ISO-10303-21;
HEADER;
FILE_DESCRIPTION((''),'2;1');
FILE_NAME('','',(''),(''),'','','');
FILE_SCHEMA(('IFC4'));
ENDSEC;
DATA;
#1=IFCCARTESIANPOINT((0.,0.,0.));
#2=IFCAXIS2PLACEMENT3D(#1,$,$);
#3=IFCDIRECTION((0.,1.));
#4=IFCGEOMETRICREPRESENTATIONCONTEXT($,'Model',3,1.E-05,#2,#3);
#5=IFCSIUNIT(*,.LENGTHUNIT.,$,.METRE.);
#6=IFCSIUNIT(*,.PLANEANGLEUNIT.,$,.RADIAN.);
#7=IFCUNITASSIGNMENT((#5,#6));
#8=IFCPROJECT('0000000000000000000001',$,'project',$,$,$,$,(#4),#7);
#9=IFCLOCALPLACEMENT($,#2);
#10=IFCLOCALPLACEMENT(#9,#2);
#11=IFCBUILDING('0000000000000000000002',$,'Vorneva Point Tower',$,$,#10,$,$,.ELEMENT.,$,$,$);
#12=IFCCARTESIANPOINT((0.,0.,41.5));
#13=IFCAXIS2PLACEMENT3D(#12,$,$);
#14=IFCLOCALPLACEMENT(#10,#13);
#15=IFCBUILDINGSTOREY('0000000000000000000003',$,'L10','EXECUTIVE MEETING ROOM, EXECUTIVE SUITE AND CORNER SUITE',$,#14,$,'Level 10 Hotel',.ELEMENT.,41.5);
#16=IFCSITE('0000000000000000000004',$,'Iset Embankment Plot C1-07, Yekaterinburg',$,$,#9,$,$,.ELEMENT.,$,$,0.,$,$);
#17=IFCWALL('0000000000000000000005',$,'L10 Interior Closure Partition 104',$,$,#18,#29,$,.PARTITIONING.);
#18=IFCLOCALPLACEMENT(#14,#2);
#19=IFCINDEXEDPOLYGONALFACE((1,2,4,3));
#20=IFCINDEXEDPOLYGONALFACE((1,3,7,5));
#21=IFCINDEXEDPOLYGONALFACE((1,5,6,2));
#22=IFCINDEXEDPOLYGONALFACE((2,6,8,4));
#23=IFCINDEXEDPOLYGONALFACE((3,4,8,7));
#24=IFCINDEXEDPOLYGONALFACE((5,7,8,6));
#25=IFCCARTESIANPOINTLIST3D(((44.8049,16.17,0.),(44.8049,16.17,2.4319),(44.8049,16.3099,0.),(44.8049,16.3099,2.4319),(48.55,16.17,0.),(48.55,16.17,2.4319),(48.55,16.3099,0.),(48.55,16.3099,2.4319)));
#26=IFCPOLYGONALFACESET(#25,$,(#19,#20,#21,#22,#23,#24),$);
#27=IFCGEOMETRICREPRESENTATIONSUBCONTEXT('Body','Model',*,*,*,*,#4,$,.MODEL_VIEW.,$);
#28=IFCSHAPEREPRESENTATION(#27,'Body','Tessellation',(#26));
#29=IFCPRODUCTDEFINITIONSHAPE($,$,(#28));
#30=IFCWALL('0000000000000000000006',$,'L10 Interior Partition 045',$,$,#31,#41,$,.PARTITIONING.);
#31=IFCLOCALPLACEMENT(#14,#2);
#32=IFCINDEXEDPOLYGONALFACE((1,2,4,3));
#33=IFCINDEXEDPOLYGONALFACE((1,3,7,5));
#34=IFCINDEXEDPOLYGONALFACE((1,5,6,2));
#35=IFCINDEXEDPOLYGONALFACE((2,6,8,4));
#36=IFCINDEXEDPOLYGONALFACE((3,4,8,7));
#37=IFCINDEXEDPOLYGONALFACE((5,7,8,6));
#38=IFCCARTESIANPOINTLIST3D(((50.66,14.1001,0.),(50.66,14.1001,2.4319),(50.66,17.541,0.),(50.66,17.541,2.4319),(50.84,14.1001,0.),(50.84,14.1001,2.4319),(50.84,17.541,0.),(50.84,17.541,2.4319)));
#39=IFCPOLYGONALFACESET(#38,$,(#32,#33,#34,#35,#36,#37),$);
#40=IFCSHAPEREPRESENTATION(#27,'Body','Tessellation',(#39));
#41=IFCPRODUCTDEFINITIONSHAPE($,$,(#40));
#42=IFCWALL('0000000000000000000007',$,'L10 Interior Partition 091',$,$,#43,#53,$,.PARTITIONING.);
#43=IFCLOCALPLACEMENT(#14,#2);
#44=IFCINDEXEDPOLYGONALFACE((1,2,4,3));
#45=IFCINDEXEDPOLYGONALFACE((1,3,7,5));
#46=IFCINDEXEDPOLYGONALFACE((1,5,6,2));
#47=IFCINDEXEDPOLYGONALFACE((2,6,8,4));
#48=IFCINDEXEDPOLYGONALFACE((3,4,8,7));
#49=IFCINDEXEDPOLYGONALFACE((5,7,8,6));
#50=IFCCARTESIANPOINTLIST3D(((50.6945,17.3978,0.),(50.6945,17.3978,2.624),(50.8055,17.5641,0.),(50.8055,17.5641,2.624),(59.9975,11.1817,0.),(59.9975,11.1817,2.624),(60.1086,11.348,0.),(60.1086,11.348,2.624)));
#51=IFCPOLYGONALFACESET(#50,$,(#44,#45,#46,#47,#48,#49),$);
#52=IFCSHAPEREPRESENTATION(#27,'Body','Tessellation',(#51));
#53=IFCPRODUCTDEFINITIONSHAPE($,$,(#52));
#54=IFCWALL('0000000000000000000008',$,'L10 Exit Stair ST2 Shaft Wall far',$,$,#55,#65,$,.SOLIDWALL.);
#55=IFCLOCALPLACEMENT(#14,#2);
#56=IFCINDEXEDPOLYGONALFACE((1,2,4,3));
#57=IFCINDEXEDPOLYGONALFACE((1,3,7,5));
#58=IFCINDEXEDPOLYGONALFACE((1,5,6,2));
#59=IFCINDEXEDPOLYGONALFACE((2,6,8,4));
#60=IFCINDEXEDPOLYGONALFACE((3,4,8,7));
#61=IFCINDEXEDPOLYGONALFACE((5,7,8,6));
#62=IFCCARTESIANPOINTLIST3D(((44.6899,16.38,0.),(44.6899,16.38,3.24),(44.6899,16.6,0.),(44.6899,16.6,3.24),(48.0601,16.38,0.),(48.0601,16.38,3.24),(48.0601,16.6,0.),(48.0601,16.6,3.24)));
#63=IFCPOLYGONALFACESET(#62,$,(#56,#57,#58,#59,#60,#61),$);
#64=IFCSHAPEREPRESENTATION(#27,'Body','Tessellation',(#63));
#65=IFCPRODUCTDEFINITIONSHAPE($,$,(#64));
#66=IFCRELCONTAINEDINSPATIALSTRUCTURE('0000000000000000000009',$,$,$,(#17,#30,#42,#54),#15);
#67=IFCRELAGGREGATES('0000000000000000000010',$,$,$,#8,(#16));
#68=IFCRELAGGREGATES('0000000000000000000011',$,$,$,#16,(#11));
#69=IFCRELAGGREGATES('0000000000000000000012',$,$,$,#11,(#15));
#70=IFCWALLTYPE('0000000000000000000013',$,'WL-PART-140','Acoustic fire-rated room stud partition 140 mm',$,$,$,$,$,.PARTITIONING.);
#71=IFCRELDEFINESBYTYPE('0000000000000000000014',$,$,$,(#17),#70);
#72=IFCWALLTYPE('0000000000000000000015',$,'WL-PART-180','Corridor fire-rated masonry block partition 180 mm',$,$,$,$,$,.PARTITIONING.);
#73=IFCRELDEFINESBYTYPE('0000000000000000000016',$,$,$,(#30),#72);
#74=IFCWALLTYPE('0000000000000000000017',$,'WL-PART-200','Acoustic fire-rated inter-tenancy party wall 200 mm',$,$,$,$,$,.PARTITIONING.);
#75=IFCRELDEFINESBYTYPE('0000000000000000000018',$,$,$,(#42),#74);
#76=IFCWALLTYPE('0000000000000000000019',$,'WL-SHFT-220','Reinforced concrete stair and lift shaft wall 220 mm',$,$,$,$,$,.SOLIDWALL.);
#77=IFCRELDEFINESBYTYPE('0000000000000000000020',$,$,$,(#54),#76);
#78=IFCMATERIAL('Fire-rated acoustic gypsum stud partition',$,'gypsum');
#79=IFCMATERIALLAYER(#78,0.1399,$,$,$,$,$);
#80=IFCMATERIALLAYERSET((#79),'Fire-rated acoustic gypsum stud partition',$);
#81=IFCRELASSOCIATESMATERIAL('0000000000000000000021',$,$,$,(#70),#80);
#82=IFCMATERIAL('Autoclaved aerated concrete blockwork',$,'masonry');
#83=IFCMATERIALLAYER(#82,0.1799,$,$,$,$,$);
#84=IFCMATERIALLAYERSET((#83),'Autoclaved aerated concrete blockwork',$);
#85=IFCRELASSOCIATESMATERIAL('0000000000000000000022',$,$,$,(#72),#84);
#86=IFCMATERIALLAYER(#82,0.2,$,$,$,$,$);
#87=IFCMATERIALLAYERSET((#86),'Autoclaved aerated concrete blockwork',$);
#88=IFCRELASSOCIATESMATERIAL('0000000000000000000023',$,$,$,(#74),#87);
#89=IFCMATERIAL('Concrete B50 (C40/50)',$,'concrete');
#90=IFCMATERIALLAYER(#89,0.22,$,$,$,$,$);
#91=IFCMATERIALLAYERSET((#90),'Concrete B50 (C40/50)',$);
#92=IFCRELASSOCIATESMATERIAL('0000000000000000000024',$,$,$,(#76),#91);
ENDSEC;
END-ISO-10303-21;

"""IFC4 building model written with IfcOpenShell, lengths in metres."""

from ifc_helpers import new_model, si_unit, direction, frame, frame_2d, origin, place, context, subcontext, project, spatial, rectangle, extrude, material, layer, layer_set, type_object, element, save


model = new_model("IFC4")

# Units and contexts
model_context = context("Model", 3, precision=1e-05, world=origin(), true_north=direction((0.0, 1.0)))
body_context = subcontext(model_context, "Body", "Model", "MODEL_VIEW")
ifc_project = project(units=[si_unit("LENGTHUNIT", "METRE"), si_unit("PLANEANGLEUNIT", "RADIAN")], contexts=[model_context])

# Site, building, storey
site_placement = place(None, origin())
site = spatial("IfcSite", under=ifc_project, at=site_placement, Name="Iset Embankment Plot C1-07, Yekaterinburg", CompositionType="ELEMENT", RefElevation=0.0)
building_placement = place(site_placement, origin())
building = spatial("IfcBuilding", under=site, at=building_placement, Name="Vorneva Point Tower", CompositionType="ELEMENT")
storey_placement = place(building_placement, frame((0.0, 0.0, 41.5)))
storey = spatial("IfcBuildingStorey", under=building, at=storey_placement, Name="L10", Description="EXECUTIVE MEETING ROOM, EXECUTIVE SUITE AND CORNER SUITE", LongName="Level 10 Hotel", CompositionType="ELEMENT", Elevation=41.5)

# Walls
ifc_material_1 = material(Name="Fire-rated acoustic gypsum stud partition", Category="gypsum")
ifc_layer_1 = layer(ifc_material_1, 0.1399)
ifc_layer_set_1 = layer_set([ifc_layer_1], Name="Fire-rated acoustic gypsum stud partition")
wall_type_1 = type_object("IfcWallType", Name="WL-PART-140", Description="Acoustic fire-rated room stud partition 140 mm", PredefinedType="PARTITIONING", material=ifc_layer_set_1)
wall_1_placement = place(storey_placement, frame((48.55, 16.24, 0.0), z_axis=(0.0, 0.0, 1.0), x_axis=(-1.0, 0.0, 0.0)))
element("IfcWall", 1, at=wall_1_placement, inside=storey, type_object=wall_type_1, Name="L10 Interior Closure Partition 104", PredefinedType="PARTITIONING", context=body_context, shape_type="SweptSolid", body=[
    extrude(rectangle(XDim=3.7451, YDim=0.1399, at=frame_2d((1.8726, 0.0))), origin(), (0.0, 0.0, 1.0), 2.4319),
])
ifc_material_2 = material(Name="Autoclaved aerated concrete blockwork", Category="masonry")
ifc_layer_2 = layer(ifc_material_2, 0.1799)
ifc_layer_set_2 = layer_set([ifc_layer_2], Name="Autoclaved aerated concrete blockwork")
wall_type_2 = type_object("IfcWallType", Name="WL-PART-180", Description="Corridor fire-rated masonry block partition 180 mm", PredefinedType="PARTITIONING", material=ifc_layer_set_2)
wall_2_placement = place(storey_placement, frame((50.75, 14.1001, 0.0), z_axis=(0.0, 0.0, 1.0), x_axis=(0.0, 1.0, 0.0)))
element("IfcWall", 2, at=wall_2_placement, inside=storey, type_object=wall_type_2, Name="L10 Interior Partition 045", PredefinedType="PARTITIONING", context=body_context, shape_type="SweptSolid", body=[
    extrude(rectangle(XDim=3.4409, YDim=0.1799, at=frame_2d((1.7205, 0.0))), origin(), (0.0, 0.0, 1.0), 2.4319),
])
ifc_layer_3 = layer(ifc_material_2, 0.2)
ifc_layer_set_3 = layer_set([ifc_layer_3], Name="Autoclaved aerated concrete blockwork")
wall_type_3 = type_object("IfcWallType", Name="WL-PART-200", Description="Acoustic fire-rated inter-tenancy party wall 200 mm", PredefinedType="PARTITIONING", material=ifc_layer_set_3)
wall_3_placement = place(storey_placement, frame((60.053, 11.2649, 0.0), z_axis=(0.0, 0.0, 1.0), x_axis=(-0.831469, 0.555571, 0.0)))
element("IfcWall", 3, at=wall_3_placement, inside=storey, type_object=wall_type_3, Name="L10 Interior Partition 091", PredefinedType="PARTITIONING", context=body_context, shape_type="SweptSolid", body=[
    extrude(rectangle(XDim=11.1887, YDim=0.2, at=frame_2d((5.5942, 0.0))), origin(), (0.0, 0.0, 1.0), 2.624),
])
ifc_material_3 = material(Name="Concrete B50 (C40/50)", Category="concrete")
ifc_layer_4 = layer(ifc_material_3, 0.22)
ifc_layer_set_4 = layer_set([ifc_layer_4], Name="Concrete B50 (C40/50)")
wall_type_4 = type_object("IfcWallType", Name="WL-SHFT-220", Description="Reinforced concrete stair and lift shaft wall 220 mm", PredefinedType="SOLIDWALL", material=ifc_layer_set_4)
wall_4_placement = place(storey_placement, frame((48.0601, 16.49, 0.0), z_axis=(0.0, 0.0, 1.0), x_axis=(-1.0, 0.0, 0.0)))
element("IfcWall", 4, at=wall_4_placement, inside=storey, type_object=wall_type_4, Name="L10 Exit Stair ST2 Shaft Wall far", PredefinedType="SOLIDWALL", context=body_context, shape_type="SweptSolid", body=[
    extrude(rectangle(XDim=3.3701, YDim=0.22, at=frame_2d((1.6851, 0.0))), origin(), (0.0, 0.0, 1.0), 3.24),
])

save(model, "model.ifc")
